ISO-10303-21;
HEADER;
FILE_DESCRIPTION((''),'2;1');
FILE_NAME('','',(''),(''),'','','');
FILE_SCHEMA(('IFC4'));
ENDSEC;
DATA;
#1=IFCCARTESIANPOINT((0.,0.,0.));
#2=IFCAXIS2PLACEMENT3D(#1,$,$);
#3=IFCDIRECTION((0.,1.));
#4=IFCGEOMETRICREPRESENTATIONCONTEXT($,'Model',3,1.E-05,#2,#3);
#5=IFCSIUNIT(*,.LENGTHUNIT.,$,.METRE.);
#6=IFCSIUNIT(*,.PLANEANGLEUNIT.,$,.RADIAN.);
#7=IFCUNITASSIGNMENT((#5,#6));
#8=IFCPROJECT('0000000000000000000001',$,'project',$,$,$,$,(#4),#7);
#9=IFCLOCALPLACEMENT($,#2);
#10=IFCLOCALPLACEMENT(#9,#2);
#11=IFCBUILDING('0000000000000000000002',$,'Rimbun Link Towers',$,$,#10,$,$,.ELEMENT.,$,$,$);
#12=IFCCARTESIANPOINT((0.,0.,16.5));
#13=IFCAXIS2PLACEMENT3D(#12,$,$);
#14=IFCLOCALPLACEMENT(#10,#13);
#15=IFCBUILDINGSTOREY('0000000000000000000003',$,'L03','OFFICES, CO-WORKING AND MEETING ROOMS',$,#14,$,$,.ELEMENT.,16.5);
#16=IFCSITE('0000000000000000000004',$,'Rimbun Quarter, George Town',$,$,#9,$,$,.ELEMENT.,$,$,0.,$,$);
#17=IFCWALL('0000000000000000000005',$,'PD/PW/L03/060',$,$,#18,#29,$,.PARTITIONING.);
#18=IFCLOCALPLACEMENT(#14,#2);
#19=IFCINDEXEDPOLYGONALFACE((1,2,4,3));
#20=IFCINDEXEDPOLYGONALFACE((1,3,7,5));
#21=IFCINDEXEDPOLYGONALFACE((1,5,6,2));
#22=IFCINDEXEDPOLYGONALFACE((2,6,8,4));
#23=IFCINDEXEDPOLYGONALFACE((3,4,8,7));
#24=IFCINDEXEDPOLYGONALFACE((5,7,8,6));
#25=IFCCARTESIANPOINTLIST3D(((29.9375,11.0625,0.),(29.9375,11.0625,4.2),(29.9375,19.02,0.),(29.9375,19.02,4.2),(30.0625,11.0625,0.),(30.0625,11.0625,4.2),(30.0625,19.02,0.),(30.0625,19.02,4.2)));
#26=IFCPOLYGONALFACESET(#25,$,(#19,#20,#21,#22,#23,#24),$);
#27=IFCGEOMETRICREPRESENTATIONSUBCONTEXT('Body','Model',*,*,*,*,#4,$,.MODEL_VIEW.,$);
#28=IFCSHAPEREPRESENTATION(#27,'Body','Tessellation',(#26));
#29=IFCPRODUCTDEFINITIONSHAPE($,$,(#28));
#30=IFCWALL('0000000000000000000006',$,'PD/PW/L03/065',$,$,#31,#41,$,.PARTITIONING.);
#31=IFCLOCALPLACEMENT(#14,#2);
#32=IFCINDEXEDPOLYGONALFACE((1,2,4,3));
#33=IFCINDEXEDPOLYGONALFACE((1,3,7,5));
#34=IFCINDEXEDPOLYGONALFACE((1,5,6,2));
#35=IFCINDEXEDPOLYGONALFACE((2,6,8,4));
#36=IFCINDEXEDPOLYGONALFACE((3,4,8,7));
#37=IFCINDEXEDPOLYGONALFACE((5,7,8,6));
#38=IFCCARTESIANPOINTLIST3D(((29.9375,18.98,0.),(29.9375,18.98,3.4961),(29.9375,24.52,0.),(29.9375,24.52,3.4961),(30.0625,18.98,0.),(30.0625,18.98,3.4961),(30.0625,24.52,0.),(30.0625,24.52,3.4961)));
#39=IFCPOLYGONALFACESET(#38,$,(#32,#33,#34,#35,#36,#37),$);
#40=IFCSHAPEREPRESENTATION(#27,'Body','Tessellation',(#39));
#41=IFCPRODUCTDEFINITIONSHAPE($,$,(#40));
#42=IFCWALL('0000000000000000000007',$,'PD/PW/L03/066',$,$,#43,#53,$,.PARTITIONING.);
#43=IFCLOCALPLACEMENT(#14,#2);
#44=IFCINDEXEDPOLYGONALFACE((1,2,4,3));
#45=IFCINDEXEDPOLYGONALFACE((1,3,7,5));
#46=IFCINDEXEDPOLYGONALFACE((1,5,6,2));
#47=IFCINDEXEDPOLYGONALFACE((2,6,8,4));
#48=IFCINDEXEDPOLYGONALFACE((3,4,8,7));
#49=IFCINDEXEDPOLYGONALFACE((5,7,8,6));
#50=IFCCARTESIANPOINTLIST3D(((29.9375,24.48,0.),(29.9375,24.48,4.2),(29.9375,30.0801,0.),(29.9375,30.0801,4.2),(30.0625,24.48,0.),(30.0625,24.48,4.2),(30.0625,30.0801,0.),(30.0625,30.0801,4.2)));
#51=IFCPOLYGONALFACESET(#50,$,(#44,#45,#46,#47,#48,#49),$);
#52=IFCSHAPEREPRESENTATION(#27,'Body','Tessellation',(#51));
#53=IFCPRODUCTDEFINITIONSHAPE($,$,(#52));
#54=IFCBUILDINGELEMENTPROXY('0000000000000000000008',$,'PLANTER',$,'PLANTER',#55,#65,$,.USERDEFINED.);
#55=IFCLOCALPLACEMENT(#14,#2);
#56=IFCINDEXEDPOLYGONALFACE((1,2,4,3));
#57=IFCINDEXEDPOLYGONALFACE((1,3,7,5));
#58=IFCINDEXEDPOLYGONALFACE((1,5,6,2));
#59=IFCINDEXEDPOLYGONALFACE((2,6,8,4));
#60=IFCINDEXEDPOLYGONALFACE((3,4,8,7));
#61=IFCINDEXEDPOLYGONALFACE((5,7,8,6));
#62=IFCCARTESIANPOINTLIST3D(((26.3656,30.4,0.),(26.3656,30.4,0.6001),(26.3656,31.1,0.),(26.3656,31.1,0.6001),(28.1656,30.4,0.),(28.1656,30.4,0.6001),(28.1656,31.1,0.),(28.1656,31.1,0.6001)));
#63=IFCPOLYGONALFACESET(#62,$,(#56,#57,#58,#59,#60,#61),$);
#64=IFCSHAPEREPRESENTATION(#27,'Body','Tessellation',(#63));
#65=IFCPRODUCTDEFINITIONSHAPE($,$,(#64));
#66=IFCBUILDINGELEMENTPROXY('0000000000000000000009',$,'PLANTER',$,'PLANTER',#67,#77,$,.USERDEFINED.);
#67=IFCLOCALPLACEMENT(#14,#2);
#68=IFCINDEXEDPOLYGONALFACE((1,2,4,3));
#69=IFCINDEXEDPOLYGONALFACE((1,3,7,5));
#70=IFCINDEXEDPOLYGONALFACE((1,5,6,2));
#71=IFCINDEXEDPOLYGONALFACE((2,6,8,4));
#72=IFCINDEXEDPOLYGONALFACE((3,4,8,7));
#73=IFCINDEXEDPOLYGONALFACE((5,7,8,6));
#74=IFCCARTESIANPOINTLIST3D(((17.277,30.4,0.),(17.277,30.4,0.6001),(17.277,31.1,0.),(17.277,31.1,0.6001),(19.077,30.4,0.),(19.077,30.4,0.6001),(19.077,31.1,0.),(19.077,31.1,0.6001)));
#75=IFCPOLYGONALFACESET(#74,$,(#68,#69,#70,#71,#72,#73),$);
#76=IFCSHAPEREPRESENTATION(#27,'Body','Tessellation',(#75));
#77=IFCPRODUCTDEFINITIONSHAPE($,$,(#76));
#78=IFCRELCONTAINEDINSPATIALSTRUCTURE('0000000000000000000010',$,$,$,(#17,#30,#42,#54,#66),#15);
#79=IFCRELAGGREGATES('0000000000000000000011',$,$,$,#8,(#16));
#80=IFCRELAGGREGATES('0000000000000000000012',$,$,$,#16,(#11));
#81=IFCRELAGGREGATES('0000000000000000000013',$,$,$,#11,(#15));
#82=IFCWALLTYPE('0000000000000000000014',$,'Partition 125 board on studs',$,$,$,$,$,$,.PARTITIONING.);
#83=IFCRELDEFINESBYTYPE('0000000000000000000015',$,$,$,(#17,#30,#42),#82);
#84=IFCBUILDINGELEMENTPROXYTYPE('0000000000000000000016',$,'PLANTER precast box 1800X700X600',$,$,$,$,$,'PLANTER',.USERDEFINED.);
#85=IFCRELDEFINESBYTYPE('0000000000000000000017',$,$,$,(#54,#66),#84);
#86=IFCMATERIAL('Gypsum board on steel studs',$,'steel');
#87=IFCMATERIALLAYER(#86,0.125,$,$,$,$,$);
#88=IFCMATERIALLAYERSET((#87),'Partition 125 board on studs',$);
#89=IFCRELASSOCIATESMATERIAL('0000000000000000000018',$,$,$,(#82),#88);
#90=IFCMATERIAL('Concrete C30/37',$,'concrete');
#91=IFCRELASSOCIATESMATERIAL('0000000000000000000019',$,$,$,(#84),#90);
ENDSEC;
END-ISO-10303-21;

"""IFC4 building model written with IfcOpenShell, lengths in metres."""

from ifc_helpers import new_model, si_unit, direction, frame, frame_2d, origin, origin_2d, place, context, subcontext, project, spatial, rectangle, extrude, material, layer, layer_set, type_object, element, save


model = new_model("IFC4")

# Units and contexts
model_context = context("Model", 3, precision=1e-05, world=origin(), true_north=direction((0.0, 1.0)))
body_context = subcontext(model_context, "Body", "Model", "MODEL_VIEW")
ifc_project = project(units=[si_unit("LENGTHUNIT", "METRE"), si_unit("PLANEANGLEUNIT", "RADIAN")], contexts=[model_context])

# Site, building, storey
site_placement = place(None, origin())
site = spatial("IfcSite", under=ifc_project, at=site_placement, Name="Rimbun Quarter, George Town", CompositionType="ELEMENT", RefElevation=0.0)
building_placement = place(site_placement, origin())
building = spatial("IfcBuilding", under=site, at=building_placement, Name="Rimbun Link Towers", CompositionType="ELEMENT")
storey_placement = place(building_placement, frame((0.0, 0.0, 16.5)))
storey = spatial("IfcBuildingStorey", under=building, at=storey_placement, Name="L03", Description="OFFICES, CO-WORKING AND MEETING ROOMS", CompositionType="ELEMENT", Elevation=16.5)

# Shared definitions
ifc_material_1 = material(Name="Gypsum board on steel studs", Category="steel")
ifc_layer_1 = layer(ifc_material_1, 0.125)
ifc_layer_set_1 = layer_set([ifc_layer_1], Name="Partition 125 board on studs")
wall_type_1 = type_object("IfcWallType", Name="Partition 125 board on studs", PredefinedType="PARTITIONING", material=ifc_layer_set_1)

# Walls
wall_1_placement = place(storey_placement, frame((30.0, 19.02, 0.0), z_axis=(0.0, 0.0, 1.0), x_axis=(0.0, -1.0, 0.0)))
element("IfcWall", 1, at=wall_1_placement, inside=storey, type_object=wall_type_1, Name="PD/PW/L03/060", PredefinedType="PARTITIONING", context=body_context, shape_type="SweptSolid", body=[
    extrude(rectangle(XDim=7.9575, YDim=0.125, at=frame_2d((3.9788, 0.0))), origin(), (0.0, 0.0, 1.0), 4.2),
])
wall_2_placement = place(storey_placement, frame((30.0, 24.52, 0.0), z_axis=(0.0, 0.0, 1.0), x_axis=(0.0, -1.0, 0.0)))
element("IfcWall", 2, at=wall_2_placement, inside=storey, type_object=wall_type_1, Name="PD/PW/L03/065", PredefinedType="PARTITIONING", context=body_context, shape_type="SweptSolid", body=[
    extrude(rectangle(XDim=5.54, YDim=0.125, at=frame_2d((2.77, 0.0))), origin(), (0.0, 0.0, 1.0), 3.4961),
])
wall_3_placement = place(storey_placement, frame((30.0, 30.0801, 0.0), z_axis=(0.0, 0.0, 1.0), x_axis=(0.0, -1.0, 0.0)))
element("IfcWall", 3, at=wall_3_placement, inside=storey, type_object=wall_type_1, Name="PD/PW/L03/066", PredefinedType="PARTITIONING", context=body_context, shape_type="SweptSolid", body=[
    extrude(rectangle(XDim=5.6001, YDim=0.125, at=frame_2d((2.8, 0.0))), origin(), (0.0, 0.0, 1.0), 4.2),
])

# Building element proxies
ifc_material_2 = material(Name="Concrete C30/37", Category="concrete")
building_element_proxy_type = type_object("IfcBuildingElementProxyType", Name="PLANTER precast box 1800X700X600", ElementType="PLANTER", PredefinedType="USERDEFINED", material=ifc_material_2)
for number, where, z_axis, x_axis, name in (
    (4, (27.2656, 30.75, 0.0), (0.0, 0.0, 1.0), (-1.0, 0.0, 0.0), "PLANTER"),
    (5, (18.177, 30.75, 0.0), (0.0, 0.0, 1.0), (-1.0, 0.0, 0.0), "PLANTER"),
):
    element("IfcBuildingElementProxy", number, at=place(storey_placement, frame(where, z_axis=z_axis, x_axis=x_axis)), inside=storey, type_object=building_element_proxy_type, Name=name, ObjectType="PLANTER", PredefinedType="USERDEFINED", context=body_context, shape_type="SweptSolid", body=[
        extrude(rectangle(XDim=1.8, YDim=0.7, at=origin_2d()), origin(), (0.0, 0.0, 1.0), 0.6001),
    ])

save(model, "model.ifc")
